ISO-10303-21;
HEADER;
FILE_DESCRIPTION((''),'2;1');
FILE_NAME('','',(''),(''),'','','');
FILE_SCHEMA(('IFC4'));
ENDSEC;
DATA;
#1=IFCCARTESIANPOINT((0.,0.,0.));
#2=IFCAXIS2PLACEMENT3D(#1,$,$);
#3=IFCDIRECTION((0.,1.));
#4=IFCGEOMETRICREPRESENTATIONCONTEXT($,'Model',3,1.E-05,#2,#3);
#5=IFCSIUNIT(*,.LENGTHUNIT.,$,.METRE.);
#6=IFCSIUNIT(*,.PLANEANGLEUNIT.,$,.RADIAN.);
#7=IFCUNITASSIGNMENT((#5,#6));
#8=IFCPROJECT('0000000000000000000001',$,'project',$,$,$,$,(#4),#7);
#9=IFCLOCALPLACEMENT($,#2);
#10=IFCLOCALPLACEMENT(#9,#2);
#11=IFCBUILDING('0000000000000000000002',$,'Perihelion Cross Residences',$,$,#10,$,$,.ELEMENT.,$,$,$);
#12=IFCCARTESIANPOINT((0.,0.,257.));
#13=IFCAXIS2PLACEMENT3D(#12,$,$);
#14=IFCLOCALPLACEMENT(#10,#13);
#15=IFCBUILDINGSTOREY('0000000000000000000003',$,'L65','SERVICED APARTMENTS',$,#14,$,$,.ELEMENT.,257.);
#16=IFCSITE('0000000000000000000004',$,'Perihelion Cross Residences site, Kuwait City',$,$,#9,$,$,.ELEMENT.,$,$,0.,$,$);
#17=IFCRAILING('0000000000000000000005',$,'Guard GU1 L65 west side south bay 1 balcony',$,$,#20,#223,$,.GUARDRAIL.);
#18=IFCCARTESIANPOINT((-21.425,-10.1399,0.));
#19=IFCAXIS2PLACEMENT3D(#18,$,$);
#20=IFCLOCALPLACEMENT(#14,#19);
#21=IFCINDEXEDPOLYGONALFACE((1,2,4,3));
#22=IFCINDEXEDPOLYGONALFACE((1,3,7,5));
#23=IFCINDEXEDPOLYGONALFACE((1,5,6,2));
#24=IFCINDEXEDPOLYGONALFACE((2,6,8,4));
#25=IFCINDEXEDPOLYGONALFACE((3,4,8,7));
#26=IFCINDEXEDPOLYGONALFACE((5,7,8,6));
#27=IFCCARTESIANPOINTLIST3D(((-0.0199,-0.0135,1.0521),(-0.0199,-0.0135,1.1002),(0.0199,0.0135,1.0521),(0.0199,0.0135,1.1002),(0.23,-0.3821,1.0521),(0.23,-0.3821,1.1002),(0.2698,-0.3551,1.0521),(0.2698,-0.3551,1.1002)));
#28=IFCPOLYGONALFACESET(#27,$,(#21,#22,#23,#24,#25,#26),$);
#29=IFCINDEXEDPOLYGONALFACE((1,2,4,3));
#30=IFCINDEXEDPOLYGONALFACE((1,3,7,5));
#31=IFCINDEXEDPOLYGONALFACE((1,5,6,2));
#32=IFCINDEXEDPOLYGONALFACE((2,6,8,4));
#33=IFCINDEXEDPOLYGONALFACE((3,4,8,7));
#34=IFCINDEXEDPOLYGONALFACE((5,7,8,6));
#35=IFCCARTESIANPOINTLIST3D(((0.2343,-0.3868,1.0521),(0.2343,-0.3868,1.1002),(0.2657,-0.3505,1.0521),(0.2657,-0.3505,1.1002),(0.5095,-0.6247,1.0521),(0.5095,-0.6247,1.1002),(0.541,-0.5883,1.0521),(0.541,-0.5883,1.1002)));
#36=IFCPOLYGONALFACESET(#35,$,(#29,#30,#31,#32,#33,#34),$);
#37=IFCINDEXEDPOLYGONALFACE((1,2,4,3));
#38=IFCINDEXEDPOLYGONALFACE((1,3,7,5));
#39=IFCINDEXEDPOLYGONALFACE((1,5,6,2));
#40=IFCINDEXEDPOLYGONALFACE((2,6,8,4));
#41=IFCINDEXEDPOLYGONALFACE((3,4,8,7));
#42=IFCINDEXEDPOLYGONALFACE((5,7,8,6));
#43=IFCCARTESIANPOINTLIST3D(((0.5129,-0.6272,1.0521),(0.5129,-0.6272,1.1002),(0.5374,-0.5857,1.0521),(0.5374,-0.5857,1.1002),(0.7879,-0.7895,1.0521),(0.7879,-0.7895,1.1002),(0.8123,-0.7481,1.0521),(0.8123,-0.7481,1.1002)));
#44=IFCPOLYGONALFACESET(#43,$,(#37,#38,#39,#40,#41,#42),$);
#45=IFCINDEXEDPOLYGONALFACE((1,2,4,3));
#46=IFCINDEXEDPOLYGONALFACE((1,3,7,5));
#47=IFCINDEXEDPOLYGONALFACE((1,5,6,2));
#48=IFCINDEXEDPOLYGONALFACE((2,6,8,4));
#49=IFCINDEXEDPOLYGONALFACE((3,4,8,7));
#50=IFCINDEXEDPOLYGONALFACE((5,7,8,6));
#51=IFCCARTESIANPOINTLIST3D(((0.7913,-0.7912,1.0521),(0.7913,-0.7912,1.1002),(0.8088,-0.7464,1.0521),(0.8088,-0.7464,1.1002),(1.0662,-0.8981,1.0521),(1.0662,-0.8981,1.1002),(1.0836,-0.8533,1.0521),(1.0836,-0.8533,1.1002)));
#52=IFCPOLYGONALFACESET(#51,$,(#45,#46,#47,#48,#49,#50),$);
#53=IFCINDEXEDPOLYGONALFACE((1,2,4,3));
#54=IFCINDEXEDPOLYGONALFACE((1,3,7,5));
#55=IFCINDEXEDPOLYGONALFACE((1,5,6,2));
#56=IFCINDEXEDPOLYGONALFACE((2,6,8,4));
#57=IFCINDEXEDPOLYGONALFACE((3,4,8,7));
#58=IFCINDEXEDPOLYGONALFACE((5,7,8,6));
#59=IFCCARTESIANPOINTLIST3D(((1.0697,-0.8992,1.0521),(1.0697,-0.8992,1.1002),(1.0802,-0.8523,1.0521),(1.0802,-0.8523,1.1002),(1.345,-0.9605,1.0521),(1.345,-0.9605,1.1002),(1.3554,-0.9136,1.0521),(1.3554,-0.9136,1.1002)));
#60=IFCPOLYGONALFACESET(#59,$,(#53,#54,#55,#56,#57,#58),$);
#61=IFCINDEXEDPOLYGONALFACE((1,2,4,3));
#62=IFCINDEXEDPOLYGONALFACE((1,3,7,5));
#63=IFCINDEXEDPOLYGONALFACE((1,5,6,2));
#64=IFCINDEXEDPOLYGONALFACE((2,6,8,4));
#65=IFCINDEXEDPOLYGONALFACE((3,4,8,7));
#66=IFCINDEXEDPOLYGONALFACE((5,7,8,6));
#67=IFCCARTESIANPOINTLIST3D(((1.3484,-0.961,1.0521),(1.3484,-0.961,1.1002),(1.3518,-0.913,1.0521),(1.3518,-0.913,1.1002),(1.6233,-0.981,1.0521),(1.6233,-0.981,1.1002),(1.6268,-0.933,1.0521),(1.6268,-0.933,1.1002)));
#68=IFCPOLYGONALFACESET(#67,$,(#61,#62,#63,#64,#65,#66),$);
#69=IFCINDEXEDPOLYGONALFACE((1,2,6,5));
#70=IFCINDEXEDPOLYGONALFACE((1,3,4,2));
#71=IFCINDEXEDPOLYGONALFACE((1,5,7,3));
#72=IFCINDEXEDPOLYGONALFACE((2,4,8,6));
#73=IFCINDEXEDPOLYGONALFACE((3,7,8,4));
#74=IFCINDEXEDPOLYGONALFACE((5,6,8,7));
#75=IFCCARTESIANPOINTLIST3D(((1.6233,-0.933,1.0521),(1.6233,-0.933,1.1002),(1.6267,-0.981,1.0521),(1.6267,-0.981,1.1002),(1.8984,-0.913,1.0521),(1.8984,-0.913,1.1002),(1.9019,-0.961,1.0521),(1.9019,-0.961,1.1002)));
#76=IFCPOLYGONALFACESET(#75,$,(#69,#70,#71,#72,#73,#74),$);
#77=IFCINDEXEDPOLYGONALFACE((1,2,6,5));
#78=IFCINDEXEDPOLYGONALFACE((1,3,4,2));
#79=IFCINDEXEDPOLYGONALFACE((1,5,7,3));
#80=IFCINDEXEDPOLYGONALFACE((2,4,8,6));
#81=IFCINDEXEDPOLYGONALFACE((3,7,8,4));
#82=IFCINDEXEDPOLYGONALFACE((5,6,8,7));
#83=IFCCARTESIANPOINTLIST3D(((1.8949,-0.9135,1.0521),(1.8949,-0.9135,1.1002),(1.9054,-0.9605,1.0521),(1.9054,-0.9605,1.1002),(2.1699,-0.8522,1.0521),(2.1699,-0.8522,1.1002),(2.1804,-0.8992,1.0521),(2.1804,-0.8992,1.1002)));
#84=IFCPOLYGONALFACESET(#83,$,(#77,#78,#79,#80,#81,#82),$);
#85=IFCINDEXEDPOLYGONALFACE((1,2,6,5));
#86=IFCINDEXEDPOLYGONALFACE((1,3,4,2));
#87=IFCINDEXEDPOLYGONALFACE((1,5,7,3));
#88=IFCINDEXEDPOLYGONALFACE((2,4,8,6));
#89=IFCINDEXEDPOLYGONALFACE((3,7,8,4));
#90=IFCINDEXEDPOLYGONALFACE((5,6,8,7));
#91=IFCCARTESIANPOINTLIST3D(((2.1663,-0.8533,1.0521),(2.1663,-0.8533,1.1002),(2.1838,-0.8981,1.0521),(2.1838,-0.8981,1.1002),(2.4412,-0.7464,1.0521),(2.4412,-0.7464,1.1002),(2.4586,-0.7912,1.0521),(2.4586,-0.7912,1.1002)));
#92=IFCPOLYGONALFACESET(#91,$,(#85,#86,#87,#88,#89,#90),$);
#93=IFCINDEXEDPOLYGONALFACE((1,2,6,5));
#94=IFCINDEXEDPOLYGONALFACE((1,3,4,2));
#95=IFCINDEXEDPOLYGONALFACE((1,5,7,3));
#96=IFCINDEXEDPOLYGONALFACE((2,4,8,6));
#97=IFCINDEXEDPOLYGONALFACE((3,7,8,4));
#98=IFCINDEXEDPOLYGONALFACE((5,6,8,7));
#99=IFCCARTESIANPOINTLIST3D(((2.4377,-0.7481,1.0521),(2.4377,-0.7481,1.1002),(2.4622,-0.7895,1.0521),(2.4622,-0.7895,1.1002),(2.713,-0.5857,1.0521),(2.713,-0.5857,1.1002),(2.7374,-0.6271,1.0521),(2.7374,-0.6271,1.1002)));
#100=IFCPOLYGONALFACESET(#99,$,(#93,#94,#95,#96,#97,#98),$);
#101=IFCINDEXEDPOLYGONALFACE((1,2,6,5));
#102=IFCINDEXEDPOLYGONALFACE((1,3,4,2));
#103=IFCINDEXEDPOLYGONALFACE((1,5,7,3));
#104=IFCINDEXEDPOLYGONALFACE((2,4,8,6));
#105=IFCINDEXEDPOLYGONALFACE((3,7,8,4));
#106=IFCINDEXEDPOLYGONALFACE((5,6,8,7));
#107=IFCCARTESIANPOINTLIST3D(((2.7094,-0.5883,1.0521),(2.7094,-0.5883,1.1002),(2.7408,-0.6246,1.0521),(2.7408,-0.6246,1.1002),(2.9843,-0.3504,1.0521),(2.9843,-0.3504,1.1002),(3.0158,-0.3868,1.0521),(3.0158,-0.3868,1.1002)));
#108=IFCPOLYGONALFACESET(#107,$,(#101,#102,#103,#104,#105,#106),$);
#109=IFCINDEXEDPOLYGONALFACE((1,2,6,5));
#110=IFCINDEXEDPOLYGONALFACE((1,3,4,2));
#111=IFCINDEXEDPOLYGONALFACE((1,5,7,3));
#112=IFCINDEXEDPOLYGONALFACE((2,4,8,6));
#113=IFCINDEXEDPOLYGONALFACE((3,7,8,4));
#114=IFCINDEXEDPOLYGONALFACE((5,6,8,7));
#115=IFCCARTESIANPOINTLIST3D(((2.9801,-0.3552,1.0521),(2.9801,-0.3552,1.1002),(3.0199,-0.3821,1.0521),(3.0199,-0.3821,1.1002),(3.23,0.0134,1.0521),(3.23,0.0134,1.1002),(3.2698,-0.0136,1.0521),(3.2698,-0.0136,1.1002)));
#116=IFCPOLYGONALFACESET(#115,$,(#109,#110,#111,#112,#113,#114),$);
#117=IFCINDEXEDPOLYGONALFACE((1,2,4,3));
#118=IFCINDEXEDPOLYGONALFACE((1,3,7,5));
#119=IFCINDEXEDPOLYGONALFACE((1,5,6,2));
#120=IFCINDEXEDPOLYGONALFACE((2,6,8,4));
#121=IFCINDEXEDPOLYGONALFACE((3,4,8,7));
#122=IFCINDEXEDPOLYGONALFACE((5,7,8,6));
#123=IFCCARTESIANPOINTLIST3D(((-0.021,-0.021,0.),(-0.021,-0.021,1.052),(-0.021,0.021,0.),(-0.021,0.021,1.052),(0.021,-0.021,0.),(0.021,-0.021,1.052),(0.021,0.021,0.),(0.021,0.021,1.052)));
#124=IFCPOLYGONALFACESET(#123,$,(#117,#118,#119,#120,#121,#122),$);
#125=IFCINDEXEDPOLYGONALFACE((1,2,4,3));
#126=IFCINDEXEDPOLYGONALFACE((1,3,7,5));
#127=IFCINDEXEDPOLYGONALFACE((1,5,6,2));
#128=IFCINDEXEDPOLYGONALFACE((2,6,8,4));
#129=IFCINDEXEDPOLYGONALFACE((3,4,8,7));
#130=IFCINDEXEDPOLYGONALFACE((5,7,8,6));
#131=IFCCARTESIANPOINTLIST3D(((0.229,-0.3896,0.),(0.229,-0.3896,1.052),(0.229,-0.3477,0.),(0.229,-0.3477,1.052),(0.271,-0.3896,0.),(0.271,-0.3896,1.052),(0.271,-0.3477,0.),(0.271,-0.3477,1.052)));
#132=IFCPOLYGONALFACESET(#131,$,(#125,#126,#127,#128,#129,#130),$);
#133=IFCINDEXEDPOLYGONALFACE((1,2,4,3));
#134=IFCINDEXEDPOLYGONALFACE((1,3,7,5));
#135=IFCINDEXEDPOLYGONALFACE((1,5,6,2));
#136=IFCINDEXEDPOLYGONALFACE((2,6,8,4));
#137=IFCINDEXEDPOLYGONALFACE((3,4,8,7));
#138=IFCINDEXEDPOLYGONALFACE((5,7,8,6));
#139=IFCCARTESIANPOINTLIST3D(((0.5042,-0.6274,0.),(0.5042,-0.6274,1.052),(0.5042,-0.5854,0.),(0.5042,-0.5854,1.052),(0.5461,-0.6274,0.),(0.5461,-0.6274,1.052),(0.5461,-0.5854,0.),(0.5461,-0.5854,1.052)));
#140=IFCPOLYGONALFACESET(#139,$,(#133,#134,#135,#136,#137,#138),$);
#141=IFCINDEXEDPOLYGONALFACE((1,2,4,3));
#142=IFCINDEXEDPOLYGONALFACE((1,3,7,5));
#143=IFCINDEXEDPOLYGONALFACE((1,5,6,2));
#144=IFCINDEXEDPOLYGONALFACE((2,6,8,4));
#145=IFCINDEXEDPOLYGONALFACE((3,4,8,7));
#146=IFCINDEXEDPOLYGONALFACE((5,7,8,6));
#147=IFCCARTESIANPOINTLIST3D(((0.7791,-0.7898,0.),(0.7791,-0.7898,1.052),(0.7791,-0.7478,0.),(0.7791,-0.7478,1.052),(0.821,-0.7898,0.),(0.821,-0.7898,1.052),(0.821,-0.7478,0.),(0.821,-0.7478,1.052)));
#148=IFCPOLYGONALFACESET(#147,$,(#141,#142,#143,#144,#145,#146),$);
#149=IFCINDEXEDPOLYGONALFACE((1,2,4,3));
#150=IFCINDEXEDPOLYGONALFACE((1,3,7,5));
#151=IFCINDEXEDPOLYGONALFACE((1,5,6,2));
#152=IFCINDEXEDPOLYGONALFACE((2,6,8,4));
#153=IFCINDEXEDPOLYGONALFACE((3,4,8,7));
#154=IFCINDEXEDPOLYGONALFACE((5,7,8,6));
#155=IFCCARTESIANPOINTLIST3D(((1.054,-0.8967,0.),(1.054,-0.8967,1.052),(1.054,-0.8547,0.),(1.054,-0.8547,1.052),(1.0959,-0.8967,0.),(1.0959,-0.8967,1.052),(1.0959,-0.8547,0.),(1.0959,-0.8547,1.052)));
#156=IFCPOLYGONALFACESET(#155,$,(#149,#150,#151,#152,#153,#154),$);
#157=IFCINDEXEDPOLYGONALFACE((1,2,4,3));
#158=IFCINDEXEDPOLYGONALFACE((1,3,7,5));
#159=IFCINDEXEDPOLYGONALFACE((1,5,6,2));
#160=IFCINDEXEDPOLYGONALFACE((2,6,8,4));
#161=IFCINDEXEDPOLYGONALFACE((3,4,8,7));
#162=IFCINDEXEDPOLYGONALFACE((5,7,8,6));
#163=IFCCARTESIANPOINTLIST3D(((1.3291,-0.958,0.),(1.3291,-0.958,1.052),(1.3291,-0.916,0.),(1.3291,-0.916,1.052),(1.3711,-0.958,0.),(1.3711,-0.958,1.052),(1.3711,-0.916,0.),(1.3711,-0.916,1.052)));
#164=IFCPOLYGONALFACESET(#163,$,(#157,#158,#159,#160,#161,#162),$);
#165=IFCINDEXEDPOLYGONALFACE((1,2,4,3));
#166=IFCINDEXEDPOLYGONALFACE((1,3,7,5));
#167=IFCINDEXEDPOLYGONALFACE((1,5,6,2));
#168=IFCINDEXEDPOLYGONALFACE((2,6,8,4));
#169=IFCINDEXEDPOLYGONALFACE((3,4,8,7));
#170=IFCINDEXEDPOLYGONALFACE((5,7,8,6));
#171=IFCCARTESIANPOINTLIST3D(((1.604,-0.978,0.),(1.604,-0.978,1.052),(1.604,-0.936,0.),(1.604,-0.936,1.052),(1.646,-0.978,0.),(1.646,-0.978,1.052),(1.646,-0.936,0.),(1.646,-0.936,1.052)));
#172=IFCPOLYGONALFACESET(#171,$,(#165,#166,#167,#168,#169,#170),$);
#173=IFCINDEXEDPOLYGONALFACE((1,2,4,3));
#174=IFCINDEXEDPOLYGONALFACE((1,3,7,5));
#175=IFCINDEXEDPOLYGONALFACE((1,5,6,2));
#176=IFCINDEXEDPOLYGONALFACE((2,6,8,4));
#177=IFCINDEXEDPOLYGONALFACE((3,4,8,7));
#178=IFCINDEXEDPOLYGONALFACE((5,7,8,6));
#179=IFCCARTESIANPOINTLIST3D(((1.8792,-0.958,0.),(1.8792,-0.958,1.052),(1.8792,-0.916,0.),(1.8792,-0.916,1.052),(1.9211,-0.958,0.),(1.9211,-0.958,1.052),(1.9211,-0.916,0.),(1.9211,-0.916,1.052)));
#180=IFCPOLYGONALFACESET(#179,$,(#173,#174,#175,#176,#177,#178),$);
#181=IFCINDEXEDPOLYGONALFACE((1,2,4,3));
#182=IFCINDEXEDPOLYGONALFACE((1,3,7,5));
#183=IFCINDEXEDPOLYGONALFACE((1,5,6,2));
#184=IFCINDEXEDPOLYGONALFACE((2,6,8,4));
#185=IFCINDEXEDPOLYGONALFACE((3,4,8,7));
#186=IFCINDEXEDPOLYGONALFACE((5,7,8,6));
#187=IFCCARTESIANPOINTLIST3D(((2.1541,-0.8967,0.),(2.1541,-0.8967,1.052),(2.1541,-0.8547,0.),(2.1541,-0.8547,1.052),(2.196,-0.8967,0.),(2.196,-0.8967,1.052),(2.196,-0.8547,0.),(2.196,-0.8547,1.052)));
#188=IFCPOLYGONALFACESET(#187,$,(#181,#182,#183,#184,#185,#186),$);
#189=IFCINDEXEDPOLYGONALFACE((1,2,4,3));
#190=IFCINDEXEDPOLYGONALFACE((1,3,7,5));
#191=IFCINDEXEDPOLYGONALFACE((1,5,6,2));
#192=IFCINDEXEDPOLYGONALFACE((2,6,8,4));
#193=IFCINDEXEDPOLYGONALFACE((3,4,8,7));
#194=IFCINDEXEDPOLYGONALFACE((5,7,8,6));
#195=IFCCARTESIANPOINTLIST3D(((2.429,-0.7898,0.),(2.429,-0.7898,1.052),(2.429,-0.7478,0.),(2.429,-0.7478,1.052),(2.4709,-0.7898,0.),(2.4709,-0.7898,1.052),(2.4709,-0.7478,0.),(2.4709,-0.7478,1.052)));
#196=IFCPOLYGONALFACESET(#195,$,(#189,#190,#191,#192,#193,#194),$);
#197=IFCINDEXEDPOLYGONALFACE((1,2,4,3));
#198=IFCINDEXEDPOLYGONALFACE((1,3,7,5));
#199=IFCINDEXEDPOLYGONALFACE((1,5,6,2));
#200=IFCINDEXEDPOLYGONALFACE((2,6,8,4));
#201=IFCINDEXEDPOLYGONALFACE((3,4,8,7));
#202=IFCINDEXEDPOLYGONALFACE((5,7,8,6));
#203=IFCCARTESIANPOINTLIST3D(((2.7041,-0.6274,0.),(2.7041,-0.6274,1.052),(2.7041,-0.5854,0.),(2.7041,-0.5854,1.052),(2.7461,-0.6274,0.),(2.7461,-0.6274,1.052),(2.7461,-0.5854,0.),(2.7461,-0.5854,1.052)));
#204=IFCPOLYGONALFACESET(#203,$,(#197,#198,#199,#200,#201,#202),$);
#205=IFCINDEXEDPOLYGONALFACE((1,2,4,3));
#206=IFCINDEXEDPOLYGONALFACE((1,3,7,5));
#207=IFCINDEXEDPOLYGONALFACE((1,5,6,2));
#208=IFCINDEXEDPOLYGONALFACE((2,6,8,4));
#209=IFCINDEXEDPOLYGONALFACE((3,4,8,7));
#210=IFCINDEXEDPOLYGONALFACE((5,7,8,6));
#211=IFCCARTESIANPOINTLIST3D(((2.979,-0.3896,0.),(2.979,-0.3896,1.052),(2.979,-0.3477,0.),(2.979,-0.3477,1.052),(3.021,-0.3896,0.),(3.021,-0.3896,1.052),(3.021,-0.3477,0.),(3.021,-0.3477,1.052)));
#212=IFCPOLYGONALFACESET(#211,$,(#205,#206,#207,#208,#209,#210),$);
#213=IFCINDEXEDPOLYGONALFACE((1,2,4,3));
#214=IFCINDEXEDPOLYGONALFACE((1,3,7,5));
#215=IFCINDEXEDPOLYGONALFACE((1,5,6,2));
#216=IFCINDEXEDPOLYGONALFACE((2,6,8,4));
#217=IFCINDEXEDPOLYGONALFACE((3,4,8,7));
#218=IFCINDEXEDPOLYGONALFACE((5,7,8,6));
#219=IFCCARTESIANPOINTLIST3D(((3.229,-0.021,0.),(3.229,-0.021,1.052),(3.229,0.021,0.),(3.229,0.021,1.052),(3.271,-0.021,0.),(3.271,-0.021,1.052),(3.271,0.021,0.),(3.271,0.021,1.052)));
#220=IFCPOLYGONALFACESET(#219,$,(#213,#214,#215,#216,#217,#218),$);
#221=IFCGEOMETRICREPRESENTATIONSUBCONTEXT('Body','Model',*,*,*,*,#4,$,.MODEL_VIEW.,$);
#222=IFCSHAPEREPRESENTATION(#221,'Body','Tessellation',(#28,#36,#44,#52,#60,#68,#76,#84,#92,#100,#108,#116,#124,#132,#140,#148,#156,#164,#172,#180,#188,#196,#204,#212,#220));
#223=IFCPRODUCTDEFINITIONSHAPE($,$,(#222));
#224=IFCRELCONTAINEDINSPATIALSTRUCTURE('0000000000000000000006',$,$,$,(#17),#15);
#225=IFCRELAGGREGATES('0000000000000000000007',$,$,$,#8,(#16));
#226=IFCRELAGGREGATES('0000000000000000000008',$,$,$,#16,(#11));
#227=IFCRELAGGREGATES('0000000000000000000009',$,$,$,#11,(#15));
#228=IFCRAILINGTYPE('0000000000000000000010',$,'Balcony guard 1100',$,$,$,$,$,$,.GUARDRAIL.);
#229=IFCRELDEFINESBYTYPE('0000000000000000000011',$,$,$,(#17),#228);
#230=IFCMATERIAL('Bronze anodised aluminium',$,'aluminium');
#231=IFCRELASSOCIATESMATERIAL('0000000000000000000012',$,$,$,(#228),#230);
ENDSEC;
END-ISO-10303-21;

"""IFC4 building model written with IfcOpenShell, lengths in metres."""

from ifc_helpers import new_model, si_unit, direction, frame, origin, origin_2d, place, context, subcontext, project, spatial, rectangle, extrude, material, type_object, element, save


model = new_model("IFC4")

# Units and contexts
model_context = context("Model", 3, precision=1e-05, world=origin(), true_north=direction((0.0, 1.0)))
body_context = subcontext(model_context, "Body", "Model", "MODEL_VIEW")
ifc_project = project(units=[si_unit("LENGTHUNIT", "METRE"), si_unit("PLANEANGLEUNIT", "RADIAN")], contexts=[model_context])

# Site, building, storey
site_placement = place(None, origin())
site = spatial("IfcSite", under=ifc_project, at=site_placement, Name="Perihelion Cross Residences site, Kuwait City", CompositionType="ELEMENT", RefElevation=0.0)
building_placement = place(site_placement, origin())
building = spatial("IfcBuilding", under=site, at=building_placement, Name="Perihelion Cross Residences", CompositionType="ELEMENT")
storey_placement = place(building_placement, frame((0.0, 0.0, 257.0)))
storey = spatial("IfcBuildingStorey", under=building, at=storey_placement, Name="L65", Description="SERVICED APARTMENTS", CompositionType="ELEMENT", Elevation=257.0)

# Railing
ifc_material_1 = material(Name="Bronze anodised aluminium", Category="aluminium")
railing_type_1 = type_object("IfcRailingType", Name="Balcony guard 1100", PredefinedType="GUARDRAIL", material=ifc_material_1)
railing_1_placement = place(storey_placement, frame((-21.425, -10.1399, 0.0)))
element("IfcRailing", 1, at=railing_1_placement, inside=storey, type_object=railing_type_1, Name="Guard GU1 L65 west side south bay 1 balcony", PredefinedType="GUARDRAIL", context=body_context, shape_type="SweptSolid", body=[
    extrude(rectangle(XDim=0.0481, YDim=0.0481, at=origin_2d()), frame((0.0, 0.0, 1.0762), z_axis=(0.56126, -0.827639, 0.0), x_axis=(0.827639, 0.56126, 0.0)), (0.0, 0.0, 1.0), 0.4453),
    extrude(rectangle(XDim=0.0481, YDim=0.0481, at=origin_2d()), frame((0.25, -0.3687, 1.0762), z_axis=(0.756597, -0.653882, 0.0), x_axis=(0.653882, 0.756597, 0.0)), (0.0, 0.0, 1.0), 0.3638),
    extrude(rectangle(XDim=0.0481, YDim=0.0481, at=origin_2d()), frame((0.5251, -0.6064, 1.0762), z_axis=(0.861048, -0.508523, 0.0), x_axis=(0.508523, 0.861048, 0.0)), (0.0, 0.0, 1.0), 0.3193),
    extrude(rectangle(XDim=0.0481, YDim=0.0481, at=origin_2d()), frame((0.8, -0.7688, 1.0762), z_axis=(0.931974, -0.362526, 0.0), x_axis=(0.362526, 0.931974, 0.0)), (0.0, 0.0, 1.0), 0.2949),
    extrude(rectangle(XDim=0.0481, YDim=0.0481, at=origin_2d()), frame((1.075, -0.8757, 1.0762), z_axis=(0.976085, -0.217389, 0.0), x_axis=(0.217389, 0.976085, 0.0)), (0.0, 0.0, 1.0), 0.282),
    extrude(rectangle(XDim=0.0481, YDim=0.0481, at=origin_2d()), frame((1.3501, -0.937, 1.0762), z_axis=(0.997359, -0.072632, 0.0), x_axis=(0.072632, 0.997359, 0.0)), (0.0, 0.0, 1.0), 0.2756),
    extrude(rectangle(XDim=0.0481, YDim=0.0481, at=origin_2d()), frame((1.625, -0.957, 1.0762), z_axis=(0.997363, 0.072568, 0.0), x_axis=(-0.072568, 0.997363, 0.0)), (0.0, 0.0, 1.0), 0.2759),
    extrude(rectangle(XDim=0.0481, YDim=0.0481, at=origin_2d()), frame((1.9001, -0.937, 1.0762), z_axis=(0.976044, 0.217573, 0.0), x_axis=(-0.217573, 0.976044, 0.0)), (0.0, 0.0, 1.0), 0.2817),
    extrude(rectangle(XDim=0.0481, YDim=0.0481, at=origin_2d()), frame((2.175, -0.8757, 1.0762), z_axis=(0.931974, 0.362526, 0.0), x_axis=(-0.362526, 0.931974, 0.0)), (0.0, 0.0, 1.0), 0.2949),
    extrude(rectangle(XDim=0.0481, YDim=0.0481, at=origin_2d()), frame((2.45, -0.7688, 1.0762), z_axis=(0.861246, 0.508189, 0.0), x_axis=(-0.508189, 0.861246, 0.0)), (0.0, 0.0, 1.0), 0.3196),
    extrude(rectangle(XDim=0.0481, YDim=0.0481, at=origin_2d()), frame((2.7251, -0.6064, 1.0762), z_axis=(0.756309, 0.654214, 0.0), x_axis=(-0.654214, 0.756309, 0.0)), (0.0, 0.0, 1.0), 0.3635),
    extrude(rectangle(XDim=0.0481, YDim=0.0481, at=origin_2d()), frame((3.0, -0.3687, 1.0762), z_axis=(0.56126, 0.827639, 0.0), x_axis=(-0.827639, 0.56126, 0.0)), (0.0, 0.0, 1.0), 0.4453),
    extrude(rectangle(XDim=0.042, YDim=0.042, at=origin_2d()), origin(), (0.0, 0.0, 1.0), 1.052),
    extrude(rectangle(XDim=0.042, YDim=0.042, at=origin_2d()), frame((0.25, -0.3687, 0.0)), (0.0, 0.0, 1.0), 1.052),
    extrude(rectangle(XDim=0.042, YDim=0.042, at=origin_2d()), frame((0.5251, -0.6064, 0.0)), (0.0, 0.0, 1.0), 1.052),
    extrude(rectangle(XDim=0.042, YDim=0.042, at=origin_2d()), frame((0.8, -0.7688, 0.0)), (0.0, 0.0, 1.0), 1.052),
    extrude(rectangle(XDim=0.042, YDim=0.042, at=origin_2d()), frame((1.075, -0.8757, 0.0)), (0.0, 0.0, 1.0), 1.052),
    extrude(rectangle(XDim=0.042, YDim=0.042, at=origin_2d()), frame((1.3501, -0.937, 0.0)), (0.0, 0.0, 1.0), 1.052),
    extrude(rectangle(XDim=0.042, YDim=0.042, at=origin_2d()), frame((1.625, -0.957, 0.0)), (0.0, 0.0, 1.0), 1.052),
    extrude(rectangle(XDim=0.042, YDim=0.042, at=origin_2d()), frame((1.9001, -0.937, 0.0)), (0.0, 0.0, 1.0), 1.052),
    extrude(rectangle(XDim=0.042, YDim=0.042, at=origin_2d()), frame((2.175, -0.8757, 0.0)), (0.0, 0.0, 1.0), 1.052),
    extrude(rectangle(XDim=0.042, YDim=0.042, at=origin_2d()), frame((2.45, -0.7688, 0.0)), (0.0, 0.0, 1.0), 1.052),
    extrude(rectangle(XDim=0.042, YDim=0.042, at=origin_2d()), frame((2.7251, -0.6064, 0.0)), (0.0, 0.0, 1.0), 1.052),
    extrude(rectangle(XDim=0.042, YDim=0.042, at=origin_2d()), frame((3.0, -0.3687, 0.0)), (0.0, 0.0, 1.0), 1.052),
    extrude(rectangle(XDim=0.042, YDim=0.042, at=origin_2d()), frame((3.25, 0.0, 0.0)), (0.0, 0.0, 1.0), 1.052),
])

save(model, "model.ifc")
